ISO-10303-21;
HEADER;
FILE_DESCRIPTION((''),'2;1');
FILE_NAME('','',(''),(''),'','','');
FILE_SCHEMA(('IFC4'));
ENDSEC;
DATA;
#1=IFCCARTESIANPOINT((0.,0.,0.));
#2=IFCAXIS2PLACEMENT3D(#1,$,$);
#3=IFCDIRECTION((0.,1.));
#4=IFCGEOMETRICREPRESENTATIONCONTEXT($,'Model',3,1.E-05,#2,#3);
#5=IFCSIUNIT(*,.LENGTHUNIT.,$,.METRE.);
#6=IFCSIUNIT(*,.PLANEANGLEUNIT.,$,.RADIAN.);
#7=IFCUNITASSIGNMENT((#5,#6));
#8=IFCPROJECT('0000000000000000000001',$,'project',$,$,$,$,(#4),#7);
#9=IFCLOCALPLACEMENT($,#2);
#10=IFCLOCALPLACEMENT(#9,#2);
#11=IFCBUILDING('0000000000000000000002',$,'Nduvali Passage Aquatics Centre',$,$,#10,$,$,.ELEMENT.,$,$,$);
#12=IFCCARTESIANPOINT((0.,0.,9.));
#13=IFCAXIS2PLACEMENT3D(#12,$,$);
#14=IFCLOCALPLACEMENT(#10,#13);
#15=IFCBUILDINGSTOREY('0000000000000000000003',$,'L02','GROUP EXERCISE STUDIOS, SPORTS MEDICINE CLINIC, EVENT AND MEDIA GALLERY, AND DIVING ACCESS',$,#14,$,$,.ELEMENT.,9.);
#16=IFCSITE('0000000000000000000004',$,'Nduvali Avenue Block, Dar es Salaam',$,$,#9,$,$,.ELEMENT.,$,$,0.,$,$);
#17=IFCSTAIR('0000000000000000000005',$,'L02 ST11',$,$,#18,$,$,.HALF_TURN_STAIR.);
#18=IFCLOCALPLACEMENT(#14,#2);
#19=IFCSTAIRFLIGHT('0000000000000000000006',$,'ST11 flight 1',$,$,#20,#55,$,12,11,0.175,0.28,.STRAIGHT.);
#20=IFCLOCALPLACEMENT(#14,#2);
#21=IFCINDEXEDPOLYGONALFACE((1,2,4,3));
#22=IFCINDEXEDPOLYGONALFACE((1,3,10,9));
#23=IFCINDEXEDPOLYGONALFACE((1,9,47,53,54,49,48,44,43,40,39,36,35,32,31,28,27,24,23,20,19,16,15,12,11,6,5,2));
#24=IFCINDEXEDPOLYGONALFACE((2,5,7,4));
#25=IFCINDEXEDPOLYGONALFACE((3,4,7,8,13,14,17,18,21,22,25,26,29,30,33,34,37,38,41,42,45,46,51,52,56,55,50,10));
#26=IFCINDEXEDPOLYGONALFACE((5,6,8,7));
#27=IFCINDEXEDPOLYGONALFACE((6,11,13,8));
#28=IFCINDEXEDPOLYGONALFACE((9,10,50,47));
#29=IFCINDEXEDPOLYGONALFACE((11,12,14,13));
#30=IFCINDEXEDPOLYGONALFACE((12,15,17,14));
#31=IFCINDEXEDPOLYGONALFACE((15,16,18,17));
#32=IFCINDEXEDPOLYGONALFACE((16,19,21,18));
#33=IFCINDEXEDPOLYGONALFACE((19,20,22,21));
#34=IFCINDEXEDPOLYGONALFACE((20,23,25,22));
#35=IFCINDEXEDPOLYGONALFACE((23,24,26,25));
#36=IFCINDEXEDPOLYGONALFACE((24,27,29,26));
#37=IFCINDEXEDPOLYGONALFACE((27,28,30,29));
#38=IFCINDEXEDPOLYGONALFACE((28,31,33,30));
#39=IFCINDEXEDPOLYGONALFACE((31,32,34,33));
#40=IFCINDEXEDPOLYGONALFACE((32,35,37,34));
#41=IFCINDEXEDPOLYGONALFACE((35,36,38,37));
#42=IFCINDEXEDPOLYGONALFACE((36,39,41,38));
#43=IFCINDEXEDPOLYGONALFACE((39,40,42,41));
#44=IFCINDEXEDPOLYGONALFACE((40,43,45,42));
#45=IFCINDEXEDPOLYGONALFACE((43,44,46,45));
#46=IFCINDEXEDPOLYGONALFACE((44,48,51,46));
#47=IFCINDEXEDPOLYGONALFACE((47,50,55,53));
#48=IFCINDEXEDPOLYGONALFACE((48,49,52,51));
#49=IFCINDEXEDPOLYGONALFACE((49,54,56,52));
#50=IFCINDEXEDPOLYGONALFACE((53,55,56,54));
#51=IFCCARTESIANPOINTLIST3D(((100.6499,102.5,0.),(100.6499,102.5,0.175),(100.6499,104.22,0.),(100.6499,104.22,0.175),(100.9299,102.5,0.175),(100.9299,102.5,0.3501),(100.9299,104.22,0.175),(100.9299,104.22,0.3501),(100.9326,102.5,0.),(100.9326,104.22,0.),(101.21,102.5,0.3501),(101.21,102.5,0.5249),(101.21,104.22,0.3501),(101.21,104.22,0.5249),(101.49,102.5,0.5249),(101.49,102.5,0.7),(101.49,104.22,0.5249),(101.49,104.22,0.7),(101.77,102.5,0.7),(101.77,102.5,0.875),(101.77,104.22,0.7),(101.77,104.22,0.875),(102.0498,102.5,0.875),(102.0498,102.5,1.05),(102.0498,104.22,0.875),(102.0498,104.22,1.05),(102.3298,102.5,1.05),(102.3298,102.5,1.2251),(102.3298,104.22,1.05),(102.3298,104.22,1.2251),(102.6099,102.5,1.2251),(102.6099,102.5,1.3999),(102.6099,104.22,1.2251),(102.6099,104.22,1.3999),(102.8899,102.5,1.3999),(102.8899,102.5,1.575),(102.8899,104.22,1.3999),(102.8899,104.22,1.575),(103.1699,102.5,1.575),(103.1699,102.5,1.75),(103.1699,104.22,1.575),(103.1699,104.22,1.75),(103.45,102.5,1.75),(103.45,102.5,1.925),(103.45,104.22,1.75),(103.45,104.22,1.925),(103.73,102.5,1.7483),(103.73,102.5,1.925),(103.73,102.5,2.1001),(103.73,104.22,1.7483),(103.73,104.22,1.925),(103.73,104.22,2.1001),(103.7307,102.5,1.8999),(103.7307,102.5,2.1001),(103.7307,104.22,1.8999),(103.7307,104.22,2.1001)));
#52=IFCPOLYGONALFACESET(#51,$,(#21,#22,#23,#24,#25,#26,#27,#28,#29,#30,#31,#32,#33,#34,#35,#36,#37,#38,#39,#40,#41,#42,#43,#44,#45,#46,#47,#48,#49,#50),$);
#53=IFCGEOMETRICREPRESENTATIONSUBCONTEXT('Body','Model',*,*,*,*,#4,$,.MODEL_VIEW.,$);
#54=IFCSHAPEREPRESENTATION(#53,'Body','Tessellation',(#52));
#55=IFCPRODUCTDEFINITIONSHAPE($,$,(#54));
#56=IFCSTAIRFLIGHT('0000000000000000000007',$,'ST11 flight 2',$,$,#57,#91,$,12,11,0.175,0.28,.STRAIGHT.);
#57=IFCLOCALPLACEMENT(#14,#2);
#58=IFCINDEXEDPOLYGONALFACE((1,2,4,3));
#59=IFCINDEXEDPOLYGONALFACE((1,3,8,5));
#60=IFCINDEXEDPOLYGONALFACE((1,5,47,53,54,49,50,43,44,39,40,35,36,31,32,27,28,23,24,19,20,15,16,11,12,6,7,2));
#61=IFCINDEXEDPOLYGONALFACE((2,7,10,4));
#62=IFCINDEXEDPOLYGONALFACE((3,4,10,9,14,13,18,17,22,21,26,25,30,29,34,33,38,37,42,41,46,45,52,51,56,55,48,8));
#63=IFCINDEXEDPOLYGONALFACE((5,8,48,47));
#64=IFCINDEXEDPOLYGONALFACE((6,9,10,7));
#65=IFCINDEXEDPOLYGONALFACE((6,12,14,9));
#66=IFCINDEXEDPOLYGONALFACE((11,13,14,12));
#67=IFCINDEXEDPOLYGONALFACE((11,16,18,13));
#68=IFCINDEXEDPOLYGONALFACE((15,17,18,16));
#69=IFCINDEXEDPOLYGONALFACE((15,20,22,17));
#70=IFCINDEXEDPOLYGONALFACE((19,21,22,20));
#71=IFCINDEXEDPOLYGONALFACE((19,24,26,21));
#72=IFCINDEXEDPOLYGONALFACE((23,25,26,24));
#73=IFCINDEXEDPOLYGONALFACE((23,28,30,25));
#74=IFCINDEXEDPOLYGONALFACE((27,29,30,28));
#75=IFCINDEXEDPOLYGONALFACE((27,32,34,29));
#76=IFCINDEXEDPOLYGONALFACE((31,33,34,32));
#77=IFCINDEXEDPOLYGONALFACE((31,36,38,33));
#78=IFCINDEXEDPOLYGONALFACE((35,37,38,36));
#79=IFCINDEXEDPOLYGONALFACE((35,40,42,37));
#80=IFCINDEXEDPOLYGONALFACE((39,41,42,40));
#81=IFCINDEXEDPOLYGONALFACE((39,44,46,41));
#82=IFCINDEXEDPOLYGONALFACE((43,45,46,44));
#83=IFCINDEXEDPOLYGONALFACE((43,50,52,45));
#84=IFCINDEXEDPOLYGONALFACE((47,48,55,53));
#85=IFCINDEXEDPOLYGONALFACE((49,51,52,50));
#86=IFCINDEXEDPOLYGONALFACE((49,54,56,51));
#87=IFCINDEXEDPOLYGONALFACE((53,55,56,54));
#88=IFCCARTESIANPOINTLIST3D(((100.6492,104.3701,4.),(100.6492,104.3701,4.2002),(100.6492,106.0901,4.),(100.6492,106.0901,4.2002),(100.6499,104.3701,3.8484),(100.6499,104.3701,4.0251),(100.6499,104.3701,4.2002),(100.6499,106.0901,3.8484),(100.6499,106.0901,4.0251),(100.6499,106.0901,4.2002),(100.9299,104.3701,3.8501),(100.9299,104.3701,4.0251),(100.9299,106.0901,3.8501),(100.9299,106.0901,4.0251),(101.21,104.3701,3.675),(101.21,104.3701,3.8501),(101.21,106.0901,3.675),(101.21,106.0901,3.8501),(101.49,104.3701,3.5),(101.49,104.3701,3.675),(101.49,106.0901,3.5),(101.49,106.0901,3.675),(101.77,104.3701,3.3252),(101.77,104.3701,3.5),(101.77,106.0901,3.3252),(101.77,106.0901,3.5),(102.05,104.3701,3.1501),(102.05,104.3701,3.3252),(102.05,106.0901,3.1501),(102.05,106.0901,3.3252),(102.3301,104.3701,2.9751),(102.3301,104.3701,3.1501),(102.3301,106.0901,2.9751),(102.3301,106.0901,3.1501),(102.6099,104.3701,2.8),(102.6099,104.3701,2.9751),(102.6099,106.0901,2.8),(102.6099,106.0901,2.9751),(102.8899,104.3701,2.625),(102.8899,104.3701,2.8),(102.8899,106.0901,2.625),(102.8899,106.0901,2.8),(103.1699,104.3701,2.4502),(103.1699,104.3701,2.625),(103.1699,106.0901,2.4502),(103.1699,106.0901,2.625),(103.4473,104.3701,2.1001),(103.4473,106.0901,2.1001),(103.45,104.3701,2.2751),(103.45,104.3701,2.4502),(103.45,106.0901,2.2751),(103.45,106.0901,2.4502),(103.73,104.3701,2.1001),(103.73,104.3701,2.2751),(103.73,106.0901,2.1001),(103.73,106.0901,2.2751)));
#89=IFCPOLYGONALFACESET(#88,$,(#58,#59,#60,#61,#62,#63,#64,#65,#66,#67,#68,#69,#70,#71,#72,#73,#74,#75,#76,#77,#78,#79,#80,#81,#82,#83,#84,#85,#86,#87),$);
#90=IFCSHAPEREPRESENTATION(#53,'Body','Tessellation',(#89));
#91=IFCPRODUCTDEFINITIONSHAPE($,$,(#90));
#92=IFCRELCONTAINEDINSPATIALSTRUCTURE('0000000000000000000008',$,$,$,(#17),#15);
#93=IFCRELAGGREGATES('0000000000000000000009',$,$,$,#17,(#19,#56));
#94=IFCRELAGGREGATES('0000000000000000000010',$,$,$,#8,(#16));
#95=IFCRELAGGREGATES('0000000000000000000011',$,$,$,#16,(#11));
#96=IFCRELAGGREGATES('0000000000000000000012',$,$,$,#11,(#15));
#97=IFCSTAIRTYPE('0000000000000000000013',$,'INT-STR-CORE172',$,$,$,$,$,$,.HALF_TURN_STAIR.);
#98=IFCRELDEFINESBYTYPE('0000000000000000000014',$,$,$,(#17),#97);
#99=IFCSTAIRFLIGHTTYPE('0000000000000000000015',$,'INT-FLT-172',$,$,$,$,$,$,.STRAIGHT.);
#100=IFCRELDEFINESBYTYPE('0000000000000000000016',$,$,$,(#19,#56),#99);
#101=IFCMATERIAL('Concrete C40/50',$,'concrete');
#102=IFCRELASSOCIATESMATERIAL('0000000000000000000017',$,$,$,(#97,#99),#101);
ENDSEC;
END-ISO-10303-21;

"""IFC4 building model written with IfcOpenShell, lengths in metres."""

from ifc_helpers import new_model, si_unit, direction, frame, origin, place, context, subcontext, project, spatial, polyline, outline, extrude, material, type_object, element, aggregate, save


model = new_model("IFC4")

# Units and contexts
model_context = context("Model", 3, precision=1e-05, world=origin(), true_north=direction((0.0, 1.0)))
body_context = subcontext(model_context, "Body", "Model", "MODEL_VIEW")
ifc_project = project(units=[si_unit("LENGTHUNIT", "METRE"), si_unit("PLANEANGLEUNIT", "RADIAN")], contexts=[model_context])

# Site, building, storey
site_placement = place(None, origin())
site = spatial("IfcSite", under=ifc_project, at=site_placement, Name="Nduvali Avenue Block, Dar es Salaam", CompositionType="ELEMENT", RefElevation=0.0)
building_placement = place(site_placement, origin())
building = spatial("IfcBuilding", under=site, at=building_placement, Name="Nduvali Passage Aquatics Centre", CompositionType="ELEMENT")
storey_placement = place(building_placement, frame((0.0, 0.0, 9.0)))
storey = spatial("IfcBuildingStorey", under=building, at=storey_placement, Name="L02", Description="GROUP EXERCISE STUDIOS, SPORTS MEDICINE CLINIC, EVENT AND MEDIA GALLERY, AND DIVING ACCESS", CompositionType="ELEMENT", Elevation=9.0)

# Shared definitions
ifc_material_1 = material(Name="Concrete C40/50", Category="concrete")

# Stair, stair flights
stair_type = type_object("IfcStairType", Name="INT-STR-CORE172", PredefinedType="HALF_TURN_STAIR", material=ifc_material_1)
stair_placement = place(storey_placement, origin())
stair = element("IfcStair", 1, at=stair_placement, inside=storey, type_object=stair_type, Name="L02 ST11", PredefinedType="HALF_TURN_STAIR")
stair_flight_type = type_object("IfcStairFlightType", Name="INT-FLT-172", PredefinedType="STRAIGHT", material=ifc_material_1)
stair_flight_1_placement = place(storey_placement, frame((100.6499, 103.3601, 0.0), z_axis=(0.0, 0.0, 1.0), x_axis=(1.0, 0.0, 0.0)))
stair_flight_1 = element("IfcStairFlight", 2, at=stair_flight_1_placement, type_object=stair_flight_type, Name="ST11 flight 1", NumberOfRisers=12, NumberOfTreads=11, PredefinedType="STRAIGHT", RiserHeight=0.175, TreadLength=0.28, context=body_context, shape_type="SweptSolid", body=[
    extrude(outline(polyline([(0.0, 0.0), (0.0, 0.175), (0.28, 0.175), (0.28, 0.3501), (0.5601, 0.3501), (0.5601, 0.5249), (0.8401, 0.5249), (0.8401, 0.7), (1.1201, 0.7), (1.1201, 0.875), (1.3999, 0.875), (1.3999, 1.05), (1.6799, 1.05), (1.6799, 1.2251), (1.96, 1.2251), (1.96, 1.3999), (2.24, 1.3999), (2.24, 1.575), (2.52, 1.575), (2.52, 1.75), (2.8, 1.75), (2.8, 1.925), (3.0801, 1.925), (3.0801, 2.1001), (3.0808, 2.1001), (3.0808, 1.8999), (3.0801, 1.7483), (0.2827, 0.0), (0.0, 0.0)])), frame((0.0, 0.8599, 0.0), z_axis=(0.0, -1.0, 0.0), x_axis=(1.0, 0.0, 0.0)), (0.0, 0.0, 1.0), 1.72),
])
stair_flight_2_placement = place(storey_placement, frame((103.73, 105.23, 2.1001), z_axis=(0.0, 0.0, 1.0), x_axis=(-1.0, 0.0, 0.0)))
stair_flight_2 = element("IfcStairFlight", 3, at=stair_flight_2_placement, type_object=stair_flight_type, Name="ST11 flight 2", NumberOfRisers=12, NumberOfTreads=11, PredefinedType="STRAIGHT", RiserHeight=0.175, TreadLength=0.28, context=body_context, shape_type="SweptSolid", body=[
    extrude(outline(polyline([(0.0, 0.0), (0.0, 0.175), (0.28, 0.175), (0.28, 0.3501), (0.5601, 0.3501), (0.5601, 0.5249), (0.8401, 0.5249), (0.8401, 0.7), (1.1201, 0.7), (1.1201, 0.875), (1.3999, 0.875), (1.3999, 1.05), (1.6799, 1.05), (1.6799, 1.2251), (1.96, 1.2251), (1.96, 1.3999), (2.24, 1.3999), (2.24, 1.575), (2.52, 1.575), (2.52, 1.75), (2.8, 1.75), (2.8, 1.925), (3.0801, 1.925), (3.0801, 2.1001), (3.0808, 2.1001), (3.0808, 1.8999), (3.0801, 1.7483), (0.2827, 0.0), (0.0, 0.0)])), frame((0.0, 0.8599, 0.0), z_axis=(0.0, -1.0, 0.0), x_axis=(1.0, 0.0, 0.0)), (0.0, 0.0, 1.0), 1.72),
])
aggregate(stair, [stair_flight_1, stair_flight_2])

save(model, "model.ifc")
